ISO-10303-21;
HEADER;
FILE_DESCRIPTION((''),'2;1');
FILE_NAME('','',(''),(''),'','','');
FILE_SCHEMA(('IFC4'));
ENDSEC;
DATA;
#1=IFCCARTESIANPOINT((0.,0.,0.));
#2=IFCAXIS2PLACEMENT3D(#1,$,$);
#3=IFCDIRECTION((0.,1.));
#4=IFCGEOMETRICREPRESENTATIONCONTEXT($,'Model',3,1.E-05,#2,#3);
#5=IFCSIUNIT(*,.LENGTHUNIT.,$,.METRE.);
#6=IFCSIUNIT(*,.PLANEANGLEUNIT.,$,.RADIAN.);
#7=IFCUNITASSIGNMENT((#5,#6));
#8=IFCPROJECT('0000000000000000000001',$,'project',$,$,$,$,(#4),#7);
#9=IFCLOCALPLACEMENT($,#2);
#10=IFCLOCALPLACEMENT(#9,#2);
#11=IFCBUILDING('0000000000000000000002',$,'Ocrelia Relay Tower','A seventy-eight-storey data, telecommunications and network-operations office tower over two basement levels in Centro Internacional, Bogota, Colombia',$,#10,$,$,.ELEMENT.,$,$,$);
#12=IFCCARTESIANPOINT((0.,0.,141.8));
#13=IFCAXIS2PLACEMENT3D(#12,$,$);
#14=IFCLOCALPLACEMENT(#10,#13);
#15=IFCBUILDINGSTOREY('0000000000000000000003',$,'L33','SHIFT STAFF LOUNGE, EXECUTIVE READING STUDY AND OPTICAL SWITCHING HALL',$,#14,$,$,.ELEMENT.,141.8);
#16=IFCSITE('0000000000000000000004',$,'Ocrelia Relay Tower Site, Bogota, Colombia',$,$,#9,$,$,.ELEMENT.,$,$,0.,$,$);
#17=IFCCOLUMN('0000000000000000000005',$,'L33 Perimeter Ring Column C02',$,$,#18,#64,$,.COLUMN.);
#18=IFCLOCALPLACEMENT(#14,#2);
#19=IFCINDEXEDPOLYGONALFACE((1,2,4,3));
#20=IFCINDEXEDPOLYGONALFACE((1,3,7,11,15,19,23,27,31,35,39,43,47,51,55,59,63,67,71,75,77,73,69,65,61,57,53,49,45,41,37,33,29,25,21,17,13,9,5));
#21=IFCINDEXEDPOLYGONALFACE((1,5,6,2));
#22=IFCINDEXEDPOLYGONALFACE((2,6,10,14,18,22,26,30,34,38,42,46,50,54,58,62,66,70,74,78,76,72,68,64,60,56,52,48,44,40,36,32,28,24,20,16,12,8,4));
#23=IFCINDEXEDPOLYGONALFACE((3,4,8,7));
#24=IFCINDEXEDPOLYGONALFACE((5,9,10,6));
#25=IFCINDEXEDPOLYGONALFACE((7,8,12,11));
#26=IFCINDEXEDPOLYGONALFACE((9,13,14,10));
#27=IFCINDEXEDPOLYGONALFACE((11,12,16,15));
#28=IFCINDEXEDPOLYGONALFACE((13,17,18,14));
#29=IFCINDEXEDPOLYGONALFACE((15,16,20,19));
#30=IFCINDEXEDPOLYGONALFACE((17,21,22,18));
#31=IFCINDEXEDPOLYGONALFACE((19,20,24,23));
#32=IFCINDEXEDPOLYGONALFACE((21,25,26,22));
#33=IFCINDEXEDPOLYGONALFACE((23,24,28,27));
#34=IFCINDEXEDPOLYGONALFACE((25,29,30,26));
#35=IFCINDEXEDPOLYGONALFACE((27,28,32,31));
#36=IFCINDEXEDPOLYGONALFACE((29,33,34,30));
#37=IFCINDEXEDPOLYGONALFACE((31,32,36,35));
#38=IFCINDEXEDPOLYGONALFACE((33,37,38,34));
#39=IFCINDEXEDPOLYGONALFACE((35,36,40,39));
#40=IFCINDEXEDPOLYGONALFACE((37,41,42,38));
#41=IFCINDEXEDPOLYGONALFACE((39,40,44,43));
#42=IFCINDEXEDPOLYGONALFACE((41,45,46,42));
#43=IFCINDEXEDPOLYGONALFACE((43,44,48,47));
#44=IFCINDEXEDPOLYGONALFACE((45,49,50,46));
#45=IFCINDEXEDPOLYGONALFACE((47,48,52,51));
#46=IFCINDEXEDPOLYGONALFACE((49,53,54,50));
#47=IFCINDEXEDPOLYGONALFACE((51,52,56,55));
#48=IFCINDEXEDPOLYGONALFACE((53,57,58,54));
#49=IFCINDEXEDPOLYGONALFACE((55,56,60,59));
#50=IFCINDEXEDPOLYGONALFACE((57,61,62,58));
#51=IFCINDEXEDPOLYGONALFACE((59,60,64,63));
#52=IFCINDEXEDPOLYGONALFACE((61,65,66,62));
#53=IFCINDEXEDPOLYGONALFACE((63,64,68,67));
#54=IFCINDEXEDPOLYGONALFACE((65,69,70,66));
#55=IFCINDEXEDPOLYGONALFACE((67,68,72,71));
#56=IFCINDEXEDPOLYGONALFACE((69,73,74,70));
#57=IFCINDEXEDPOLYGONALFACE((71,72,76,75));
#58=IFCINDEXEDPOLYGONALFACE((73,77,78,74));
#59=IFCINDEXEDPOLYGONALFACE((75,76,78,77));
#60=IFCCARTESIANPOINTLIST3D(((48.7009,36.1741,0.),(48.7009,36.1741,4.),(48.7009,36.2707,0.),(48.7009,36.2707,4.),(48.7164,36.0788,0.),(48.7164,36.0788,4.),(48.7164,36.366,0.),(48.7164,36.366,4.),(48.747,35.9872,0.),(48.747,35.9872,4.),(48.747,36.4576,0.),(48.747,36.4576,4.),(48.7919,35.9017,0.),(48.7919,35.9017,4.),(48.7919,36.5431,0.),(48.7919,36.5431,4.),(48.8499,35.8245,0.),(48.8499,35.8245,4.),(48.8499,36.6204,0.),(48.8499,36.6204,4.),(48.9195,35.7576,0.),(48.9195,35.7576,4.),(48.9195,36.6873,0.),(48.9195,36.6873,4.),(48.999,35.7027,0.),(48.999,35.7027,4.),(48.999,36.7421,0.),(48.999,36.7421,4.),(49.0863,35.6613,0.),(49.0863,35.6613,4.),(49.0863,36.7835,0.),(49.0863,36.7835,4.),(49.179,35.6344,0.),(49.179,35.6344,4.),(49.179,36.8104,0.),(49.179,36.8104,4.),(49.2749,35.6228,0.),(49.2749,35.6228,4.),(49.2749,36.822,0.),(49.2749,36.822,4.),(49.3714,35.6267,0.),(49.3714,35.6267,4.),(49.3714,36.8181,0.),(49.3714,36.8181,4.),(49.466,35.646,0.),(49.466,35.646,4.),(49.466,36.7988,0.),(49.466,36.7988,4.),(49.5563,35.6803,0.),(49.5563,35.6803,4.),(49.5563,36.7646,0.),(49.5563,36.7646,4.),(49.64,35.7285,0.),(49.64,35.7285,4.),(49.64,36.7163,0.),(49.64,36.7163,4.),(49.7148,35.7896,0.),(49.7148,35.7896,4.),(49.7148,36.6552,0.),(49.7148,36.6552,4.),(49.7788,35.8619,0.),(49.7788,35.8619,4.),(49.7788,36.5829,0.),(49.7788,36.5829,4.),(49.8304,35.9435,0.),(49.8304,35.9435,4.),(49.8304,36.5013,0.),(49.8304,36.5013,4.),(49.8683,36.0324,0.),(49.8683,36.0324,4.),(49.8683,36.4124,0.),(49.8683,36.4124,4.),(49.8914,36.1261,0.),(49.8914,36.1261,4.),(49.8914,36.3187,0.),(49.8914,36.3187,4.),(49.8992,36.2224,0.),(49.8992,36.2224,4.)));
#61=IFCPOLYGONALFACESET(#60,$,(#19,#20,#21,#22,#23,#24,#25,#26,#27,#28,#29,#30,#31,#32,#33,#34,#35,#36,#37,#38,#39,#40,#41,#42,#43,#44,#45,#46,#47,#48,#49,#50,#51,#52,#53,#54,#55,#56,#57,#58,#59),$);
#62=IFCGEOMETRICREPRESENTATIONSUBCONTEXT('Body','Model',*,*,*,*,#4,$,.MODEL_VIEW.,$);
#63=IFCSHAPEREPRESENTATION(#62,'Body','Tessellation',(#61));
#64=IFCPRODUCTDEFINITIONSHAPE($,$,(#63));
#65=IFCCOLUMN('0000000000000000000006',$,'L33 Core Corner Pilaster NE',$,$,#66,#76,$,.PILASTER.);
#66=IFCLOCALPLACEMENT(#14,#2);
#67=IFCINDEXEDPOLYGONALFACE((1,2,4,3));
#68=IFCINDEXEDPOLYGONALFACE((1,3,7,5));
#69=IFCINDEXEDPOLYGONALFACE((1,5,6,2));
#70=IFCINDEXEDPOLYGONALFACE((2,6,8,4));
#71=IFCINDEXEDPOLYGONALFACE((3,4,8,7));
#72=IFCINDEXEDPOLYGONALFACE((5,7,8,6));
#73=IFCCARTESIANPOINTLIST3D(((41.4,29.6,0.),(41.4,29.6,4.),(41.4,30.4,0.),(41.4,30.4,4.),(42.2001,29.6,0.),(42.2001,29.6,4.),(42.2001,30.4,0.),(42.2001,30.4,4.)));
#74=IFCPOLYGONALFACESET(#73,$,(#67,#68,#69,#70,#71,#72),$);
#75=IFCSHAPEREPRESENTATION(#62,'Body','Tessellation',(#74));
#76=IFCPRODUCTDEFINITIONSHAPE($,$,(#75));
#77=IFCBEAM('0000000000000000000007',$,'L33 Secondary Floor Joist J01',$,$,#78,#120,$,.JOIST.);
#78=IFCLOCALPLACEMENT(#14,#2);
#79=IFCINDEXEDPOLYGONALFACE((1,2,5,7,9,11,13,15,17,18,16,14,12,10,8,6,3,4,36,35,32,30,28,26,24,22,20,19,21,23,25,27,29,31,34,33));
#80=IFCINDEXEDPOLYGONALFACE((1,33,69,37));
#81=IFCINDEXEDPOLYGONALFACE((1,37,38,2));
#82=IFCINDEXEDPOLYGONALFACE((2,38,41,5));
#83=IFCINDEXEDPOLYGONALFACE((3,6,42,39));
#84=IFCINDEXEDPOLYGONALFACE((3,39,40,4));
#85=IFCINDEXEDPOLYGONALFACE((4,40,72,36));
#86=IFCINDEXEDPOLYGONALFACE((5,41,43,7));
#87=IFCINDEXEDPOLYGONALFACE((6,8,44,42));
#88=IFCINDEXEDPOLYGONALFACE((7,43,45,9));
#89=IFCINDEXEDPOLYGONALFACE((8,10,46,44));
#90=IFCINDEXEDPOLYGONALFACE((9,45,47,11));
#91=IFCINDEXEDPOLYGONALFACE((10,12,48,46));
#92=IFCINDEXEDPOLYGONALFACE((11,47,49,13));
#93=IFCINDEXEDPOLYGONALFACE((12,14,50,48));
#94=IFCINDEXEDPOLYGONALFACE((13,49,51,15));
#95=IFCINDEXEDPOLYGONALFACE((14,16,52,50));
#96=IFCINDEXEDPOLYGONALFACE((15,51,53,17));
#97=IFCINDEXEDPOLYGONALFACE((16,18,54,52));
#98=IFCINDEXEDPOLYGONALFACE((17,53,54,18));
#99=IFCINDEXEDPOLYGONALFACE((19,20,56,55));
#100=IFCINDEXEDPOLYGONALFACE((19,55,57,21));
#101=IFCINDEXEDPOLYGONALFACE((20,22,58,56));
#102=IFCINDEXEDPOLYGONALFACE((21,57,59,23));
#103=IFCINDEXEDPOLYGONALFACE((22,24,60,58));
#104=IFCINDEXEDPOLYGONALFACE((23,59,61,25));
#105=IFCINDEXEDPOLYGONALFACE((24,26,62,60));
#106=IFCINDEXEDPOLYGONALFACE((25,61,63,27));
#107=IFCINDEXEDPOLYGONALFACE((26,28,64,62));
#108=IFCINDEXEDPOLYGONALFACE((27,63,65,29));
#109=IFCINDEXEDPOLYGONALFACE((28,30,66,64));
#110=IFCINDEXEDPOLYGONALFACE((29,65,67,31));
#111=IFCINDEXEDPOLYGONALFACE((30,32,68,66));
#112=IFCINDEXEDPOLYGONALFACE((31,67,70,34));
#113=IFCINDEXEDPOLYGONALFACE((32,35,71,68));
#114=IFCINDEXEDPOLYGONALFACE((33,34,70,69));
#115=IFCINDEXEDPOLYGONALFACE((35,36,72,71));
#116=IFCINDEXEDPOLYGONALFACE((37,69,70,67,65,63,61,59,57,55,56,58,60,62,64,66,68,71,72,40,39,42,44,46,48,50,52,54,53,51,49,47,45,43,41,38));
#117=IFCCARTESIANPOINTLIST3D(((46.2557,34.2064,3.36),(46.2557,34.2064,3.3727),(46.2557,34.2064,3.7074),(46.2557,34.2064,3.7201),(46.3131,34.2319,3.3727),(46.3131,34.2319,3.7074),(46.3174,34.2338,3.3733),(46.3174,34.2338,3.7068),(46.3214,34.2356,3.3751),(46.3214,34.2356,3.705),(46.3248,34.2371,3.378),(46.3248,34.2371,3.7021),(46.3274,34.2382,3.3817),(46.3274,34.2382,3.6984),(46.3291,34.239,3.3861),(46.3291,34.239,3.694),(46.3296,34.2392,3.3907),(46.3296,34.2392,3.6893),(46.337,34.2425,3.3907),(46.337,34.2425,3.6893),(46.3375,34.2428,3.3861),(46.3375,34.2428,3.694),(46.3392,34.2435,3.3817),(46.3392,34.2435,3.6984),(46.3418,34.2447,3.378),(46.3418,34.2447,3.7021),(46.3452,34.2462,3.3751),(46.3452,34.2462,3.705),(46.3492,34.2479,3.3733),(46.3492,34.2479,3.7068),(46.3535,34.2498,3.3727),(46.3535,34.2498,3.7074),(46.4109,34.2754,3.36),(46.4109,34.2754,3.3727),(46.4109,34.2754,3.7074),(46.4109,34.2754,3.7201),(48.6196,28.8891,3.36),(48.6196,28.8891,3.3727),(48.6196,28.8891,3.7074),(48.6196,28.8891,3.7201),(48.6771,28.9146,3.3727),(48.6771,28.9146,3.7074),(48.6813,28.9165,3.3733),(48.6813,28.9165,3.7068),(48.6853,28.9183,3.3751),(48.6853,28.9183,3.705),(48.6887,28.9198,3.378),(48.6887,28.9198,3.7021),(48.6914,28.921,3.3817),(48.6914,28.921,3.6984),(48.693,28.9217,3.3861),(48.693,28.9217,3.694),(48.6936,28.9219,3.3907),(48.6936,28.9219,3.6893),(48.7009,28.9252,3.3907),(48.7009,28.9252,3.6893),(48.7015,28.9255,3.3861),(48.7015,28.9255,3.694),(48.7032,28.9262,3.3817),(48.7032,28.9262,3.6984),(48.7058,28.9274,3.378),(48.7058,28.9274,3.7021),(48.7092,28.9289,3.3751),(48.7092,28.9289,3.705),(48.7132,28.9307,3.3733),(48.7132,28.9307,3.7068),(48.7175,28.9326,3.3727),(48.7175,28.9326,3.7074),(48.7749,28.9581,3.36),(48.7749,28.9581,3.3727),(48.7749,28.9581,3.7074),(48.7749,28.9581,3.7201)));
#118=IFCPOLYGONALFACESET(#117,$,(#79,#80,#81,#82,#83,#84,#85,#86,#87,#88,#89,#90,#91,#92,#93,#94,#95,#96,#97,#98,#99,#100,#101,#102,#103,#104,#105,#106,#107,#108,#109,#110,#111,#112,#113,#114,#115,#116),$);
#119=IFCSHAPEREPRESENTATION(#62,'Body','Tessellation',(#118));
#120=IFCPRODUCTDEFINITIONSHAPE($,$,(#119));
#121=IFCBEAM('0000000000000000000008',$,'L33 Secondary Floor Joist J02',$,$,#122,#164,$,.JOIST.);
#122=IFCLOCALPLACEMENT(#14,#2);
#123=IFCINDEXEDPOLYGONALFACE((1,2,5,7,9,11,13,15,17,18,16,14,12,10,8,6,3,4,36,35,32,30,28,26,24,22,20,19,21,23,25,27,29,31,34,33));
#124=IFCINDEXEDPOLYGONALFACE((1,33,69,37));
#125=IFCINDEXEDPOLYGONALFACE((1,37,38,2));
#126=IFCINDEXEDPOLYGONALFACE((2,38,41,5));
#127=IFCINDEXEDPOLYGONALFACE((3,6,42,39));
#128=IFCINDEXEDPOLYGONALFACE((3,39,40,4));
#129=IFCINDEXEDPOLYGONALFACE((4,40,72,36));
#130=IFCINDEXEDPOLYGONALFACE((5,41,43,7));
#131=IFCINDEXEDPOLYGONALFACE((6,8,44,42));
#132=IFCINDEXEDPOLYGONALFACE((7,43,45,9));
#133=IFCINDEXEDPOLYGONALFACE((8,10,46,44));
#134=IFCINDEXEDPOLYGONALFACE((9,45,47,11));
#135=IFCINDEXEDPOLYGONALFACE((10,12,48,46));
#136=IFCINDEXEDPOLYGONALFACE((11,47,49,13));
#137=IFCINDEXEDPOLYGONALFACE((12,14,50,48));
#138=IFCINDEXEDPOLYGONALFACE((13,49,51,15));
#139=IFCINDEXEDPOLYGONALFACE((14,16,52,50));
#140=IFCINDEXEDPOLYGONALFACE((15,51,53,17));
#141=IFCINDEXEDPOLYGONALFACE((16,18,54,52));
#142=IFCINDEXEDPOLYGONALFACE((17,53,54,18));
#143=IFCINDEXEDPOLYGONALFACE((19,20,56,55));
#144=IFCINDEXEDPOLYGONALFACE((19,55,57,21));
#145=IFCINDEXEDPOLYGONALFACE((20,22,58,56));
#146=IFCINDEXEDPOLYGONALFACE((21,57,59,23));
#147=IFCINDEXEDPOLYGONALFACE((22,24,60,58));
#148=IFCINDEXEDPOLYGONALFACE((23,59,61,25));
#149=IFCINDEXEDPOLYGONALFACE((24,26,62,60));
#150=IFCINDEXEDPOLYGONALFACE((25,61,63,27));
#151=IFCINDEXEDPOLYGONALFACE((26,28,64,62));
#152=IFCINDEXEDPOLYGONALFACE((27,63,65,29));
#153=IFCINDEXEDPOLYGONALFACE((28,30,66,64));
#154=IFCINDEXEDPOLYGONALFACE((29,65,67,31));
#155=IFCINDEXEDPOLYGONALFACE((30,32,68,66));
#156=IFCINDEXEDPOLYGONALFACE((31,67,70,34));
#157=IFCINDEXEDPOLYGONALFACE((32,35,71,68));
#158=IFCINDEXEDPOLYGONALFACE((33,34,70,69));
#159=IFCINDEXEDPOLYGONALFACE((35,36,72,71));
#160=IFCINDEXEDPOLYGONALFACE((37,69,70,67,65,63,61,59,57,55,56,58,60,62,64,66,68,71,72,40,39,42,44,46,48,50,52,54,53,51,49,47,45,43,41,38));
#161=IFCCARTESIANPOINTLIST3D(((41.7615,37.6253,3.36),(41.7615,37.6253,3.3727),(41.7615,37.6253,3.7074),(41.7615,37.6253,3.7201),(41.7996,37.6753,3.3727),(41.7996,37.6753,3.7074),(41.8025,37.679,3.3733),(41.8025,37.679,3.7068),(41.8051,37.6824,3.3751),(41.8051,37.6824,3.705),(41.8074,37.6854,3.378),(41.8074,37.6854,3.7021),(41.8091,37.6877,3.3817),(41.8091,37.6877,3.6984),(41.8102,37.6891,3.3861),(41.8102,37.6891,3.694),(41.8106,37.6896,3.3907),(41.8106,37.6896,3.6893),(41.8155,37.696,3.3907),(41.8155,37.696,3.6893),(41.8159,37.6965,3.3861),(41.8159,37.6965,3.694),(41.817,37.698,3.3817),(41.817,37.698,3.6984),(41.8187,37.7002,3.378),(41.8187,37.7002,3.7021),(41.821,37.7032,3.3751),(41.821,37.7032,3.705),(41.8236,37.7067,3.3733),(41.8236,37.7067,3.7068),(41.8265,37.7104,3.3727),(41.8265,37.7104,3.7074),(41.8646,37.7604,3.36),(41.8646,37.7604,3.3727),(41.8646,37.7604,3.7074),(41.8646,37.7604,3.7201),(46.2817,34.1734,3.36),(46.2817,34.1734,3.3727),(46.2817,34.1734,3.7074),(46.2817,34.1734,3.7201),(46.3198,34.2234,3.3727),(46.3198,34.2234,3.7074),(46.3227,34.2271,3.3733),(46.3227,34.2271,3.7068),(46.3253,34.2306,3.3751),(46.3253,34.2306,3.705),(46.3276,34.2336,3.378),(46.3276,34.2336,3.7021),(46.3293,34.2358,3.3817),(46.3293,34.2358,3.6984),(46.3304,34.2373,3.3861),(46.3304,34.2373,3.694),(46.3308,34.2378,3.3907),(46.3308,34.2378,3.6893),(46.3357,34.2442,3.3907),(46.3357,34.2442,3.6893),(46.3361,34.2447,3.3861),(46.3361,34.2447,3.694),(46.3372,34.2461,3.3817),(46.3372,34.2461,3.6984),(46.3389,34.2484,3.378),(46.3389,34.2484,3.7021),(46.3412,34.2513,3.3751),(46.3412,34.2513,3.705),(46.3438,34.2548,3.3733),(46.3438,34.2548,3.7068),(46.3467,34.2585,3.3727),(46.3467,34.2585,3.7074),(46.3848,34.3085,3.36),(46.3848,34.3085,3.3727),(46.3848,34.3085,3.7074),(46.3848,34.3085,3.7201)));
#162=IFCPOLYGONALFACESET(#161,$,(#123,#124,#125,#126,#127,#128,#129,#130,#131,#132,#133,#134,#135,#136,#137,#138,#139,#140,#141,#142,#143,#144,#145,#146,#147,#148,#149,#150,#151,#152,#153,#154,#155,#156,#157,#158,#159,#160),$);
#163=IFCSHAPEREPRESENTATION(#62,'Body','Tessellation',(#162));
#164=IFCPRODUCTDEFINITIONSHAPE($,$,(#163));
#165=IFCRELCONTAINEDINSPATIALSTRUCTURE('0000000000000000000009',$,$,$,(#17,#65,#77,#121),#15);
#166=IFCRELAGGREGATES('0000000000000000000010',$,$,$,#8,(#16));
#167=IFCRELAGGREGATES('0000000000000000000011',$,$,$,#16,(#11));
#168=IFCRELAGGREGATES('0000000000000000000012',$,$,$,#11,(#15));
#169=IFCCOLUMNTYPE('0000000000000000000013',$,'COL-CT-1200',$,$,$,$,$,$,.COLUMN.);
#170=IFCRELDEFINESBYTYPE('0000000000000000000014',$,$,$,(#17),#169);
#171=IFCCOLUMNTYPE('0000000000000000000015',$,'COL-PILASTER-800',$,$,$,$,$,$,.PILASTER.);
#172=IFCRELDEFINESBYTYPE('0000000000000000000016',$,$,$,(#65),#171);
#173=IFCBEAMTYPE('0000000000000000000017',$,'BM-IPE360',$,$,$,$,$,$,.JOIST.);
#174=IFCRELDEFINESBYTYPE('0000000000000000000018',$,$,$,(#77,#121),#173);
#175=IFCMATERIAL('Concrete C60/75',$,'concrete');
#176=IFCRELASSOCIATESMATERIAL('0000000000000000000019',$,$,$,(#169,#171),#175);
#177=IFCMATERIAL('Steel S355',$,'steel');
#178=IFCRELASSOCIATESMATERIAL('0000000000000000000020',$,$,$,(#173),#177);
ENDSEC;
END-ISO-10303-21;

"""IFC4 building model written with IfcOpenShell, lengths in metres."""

from ifc_helpers import new_model, si_unit, direction, frame, origin, origin_2d, place, context, subcontext, project, spatial, rectangle, circle, i_section, extrude, material, material_profile, profile_set, type_object, element, save


model = new_model("IFC4")

# Units and contexts
model_context = context("Model", 3, precision=1e-05, world=origin(), true_north=direction((0.0, 1.0)))
body_context = subcontext(model_context, "Body", "Model", "MODEL_VIEW")
ifc_project = project(units=[si_unit("LENGTHUNIT", "METRE"), si_unit("PLANEANGLEUNIT", "RADIAN")], contexts=[model_context])

# Site, building, storey
site_placement = place(None, origin())
site = spatial("IfcSite", under=ifc_project, at=site_placement, Name="Ocrelia Relay Tower Site, Bogota, Colombia", CompositionType="ELEMENT", RefElevation=0.0)
building_placement = place(site_placement, origin())
building = spatial("IfcBuilding", under=site, at=building_placement, Name="Ocrelia Relay Tower", Description="A seventy-eight-storey data, telecommunications and network-operations office tower over two basement levels in Centro Internacional, Bogota, Colombia", CompositionType="ELEMENT")
storey_placement = place(building_placement, frame((0.0, 0.0, 141.8)))
storey = spatial("IfcBuildingStorey", under=building, at=storey_placement, Name="L33", Description="SHIFT STAFF LOUNGE, EXECUTIVE READING STUDY AND OPTICAL SWITCHING HALL", CompositionType="ELEMENT", Elevation=141.8)

# Columns
ifc_material_1 = material(Name="Concrete C60/75", Category="concrete")
ifc_material_profile_1 = material_profile(ifc_material_1, circle(Radius=0.6001, at=origin_2d()), Name="RC-CIR-1200")
ifc_profile_set_1 = profile_set([ifc_material_profile_1], Name="Concrete C60/75")
column_type_1 = type_object("IfcColumnType", Name="COL-CT-1200", PredefinedType="COLUMN", material=ifc_profile_set_1)
column_1_placement = place(storey_placement, frame((49.2991, 36.2224, 0.0), z_axis=(0.0, 0.0, 1.0), x_axis=(1.0, 0.0, 0.0)))
element("IfcColumn", 1, at=column_1_placement, inside=storey, type_object=column_type_1, Name="L33 Perimeter Ring Column C02", PredefinedType="COLUMN", context=body_context, shape_type="SweptSolid", body=[
    extrude(circle(Radius=0.6001, at=origin_2d()), origin(), (0.0, 0.0, 1.0), 4.0),
])
ifc_material_profile_2 = material_profile(ifc_material_1, rectangle(XDim=0.8, YDim=0.8, at=origin_2d()), Name="RC-COL-800x800")
ifc_profile_set_2 = profile_set([ifc_material_profile_2], Name="Concrete C60/75")
column_type_2 = type_object("IfcColumnType", Name="COL-PILASTER-800", PredefinedType="PILASTER", material=ifc_profile_set_2)
column_2_placement = place(storey_placement, frame((41.8, 30.0, 0.0), z_axis=(0.0, 0.0, 1.0), x_axis=(1.0, 0.0, 0.0)))
element("IfcColumn", 2, at=column_2_placement, inside=storey, type_object=column_type_2, Name="L33 Core Corner Pilaster NE", PredefinedType="PILASTER", context=body_context, shape_type="SweptSolid", body=[
    extrude(rectangle(XDim=0.8, YDim=0.8, at=origin_2d()), origin(), (0.0, 0.0, 1.0), 4.0),
])

# Beams
ifc_material_2 = material(Name="Steel S355", Category="steel")
ifc_material_profile_3 = material_profile(ifc_material_2, i_section(OverallWidth=0.1699, OverallDepth=0.3601, WebThickness=0.0081, FlangeThickness=0.0127, FilletRadius=0.0181, at=origin_2d()), Name="IPE 360")
ifc_profile_set_3 = profile_set([ifc_material_profile_3], Name="Steel S355")
beam_type = type_object("IfcBeamType", Name="BM-IPE360", PredefinedType="JOIST", material=ifc_profile_set_3)
beam_1_placement = place(storey_placement, frame((48.6973, 28.9236, 3.54), z_axis=(-0.406244, 0.913765, 0.0), x_axis=(-0.913765, -0.406244, 0.0)))
element("IfcBeam", 3, at=beam_1_placement, inside=storey, type_object=beam_type, Name="L33 Secondary Floor Joist J01", PredefinedType="JOIST", context=body_context, shape_type="SweptSolid", body=[
    extrude(i_section(OverallWidth=0.1699, OverallDepth=0.3601, WebThickness=0.0081, FlangeThickness=0.0127, FilletRadius=0.0181, at=origin_2d()), origin(), (0.0, 0.0, 1.0), 5.8191),
])
beam_2_placement = place(storey_placement, frame((46.3333, 34.241, 3.54), z_axis=(-0.794762, 0.606921, 0.0), x_axis=(-0.606921, -0.794762, 0.0)))
element("IfcBeam", 4, at=beam_2_placement, inside=storey, type_object=beam_type, Name="L33 Secondary Floor Joist J02", PredefinedType="JOIST", context=body_context, shape_type="SweptSolid", body=[
    extrude(i_section(OverallWidth=0.1699, OverallDepth=0.3601, WebThickness=0.0081, FlangeThickness=0.0127, FilletRadius=0.0181, at=origin_2d()), origin(), (0.0, 0.0, 1.0), 5.6875),
])

save(model, "model.ifc")
